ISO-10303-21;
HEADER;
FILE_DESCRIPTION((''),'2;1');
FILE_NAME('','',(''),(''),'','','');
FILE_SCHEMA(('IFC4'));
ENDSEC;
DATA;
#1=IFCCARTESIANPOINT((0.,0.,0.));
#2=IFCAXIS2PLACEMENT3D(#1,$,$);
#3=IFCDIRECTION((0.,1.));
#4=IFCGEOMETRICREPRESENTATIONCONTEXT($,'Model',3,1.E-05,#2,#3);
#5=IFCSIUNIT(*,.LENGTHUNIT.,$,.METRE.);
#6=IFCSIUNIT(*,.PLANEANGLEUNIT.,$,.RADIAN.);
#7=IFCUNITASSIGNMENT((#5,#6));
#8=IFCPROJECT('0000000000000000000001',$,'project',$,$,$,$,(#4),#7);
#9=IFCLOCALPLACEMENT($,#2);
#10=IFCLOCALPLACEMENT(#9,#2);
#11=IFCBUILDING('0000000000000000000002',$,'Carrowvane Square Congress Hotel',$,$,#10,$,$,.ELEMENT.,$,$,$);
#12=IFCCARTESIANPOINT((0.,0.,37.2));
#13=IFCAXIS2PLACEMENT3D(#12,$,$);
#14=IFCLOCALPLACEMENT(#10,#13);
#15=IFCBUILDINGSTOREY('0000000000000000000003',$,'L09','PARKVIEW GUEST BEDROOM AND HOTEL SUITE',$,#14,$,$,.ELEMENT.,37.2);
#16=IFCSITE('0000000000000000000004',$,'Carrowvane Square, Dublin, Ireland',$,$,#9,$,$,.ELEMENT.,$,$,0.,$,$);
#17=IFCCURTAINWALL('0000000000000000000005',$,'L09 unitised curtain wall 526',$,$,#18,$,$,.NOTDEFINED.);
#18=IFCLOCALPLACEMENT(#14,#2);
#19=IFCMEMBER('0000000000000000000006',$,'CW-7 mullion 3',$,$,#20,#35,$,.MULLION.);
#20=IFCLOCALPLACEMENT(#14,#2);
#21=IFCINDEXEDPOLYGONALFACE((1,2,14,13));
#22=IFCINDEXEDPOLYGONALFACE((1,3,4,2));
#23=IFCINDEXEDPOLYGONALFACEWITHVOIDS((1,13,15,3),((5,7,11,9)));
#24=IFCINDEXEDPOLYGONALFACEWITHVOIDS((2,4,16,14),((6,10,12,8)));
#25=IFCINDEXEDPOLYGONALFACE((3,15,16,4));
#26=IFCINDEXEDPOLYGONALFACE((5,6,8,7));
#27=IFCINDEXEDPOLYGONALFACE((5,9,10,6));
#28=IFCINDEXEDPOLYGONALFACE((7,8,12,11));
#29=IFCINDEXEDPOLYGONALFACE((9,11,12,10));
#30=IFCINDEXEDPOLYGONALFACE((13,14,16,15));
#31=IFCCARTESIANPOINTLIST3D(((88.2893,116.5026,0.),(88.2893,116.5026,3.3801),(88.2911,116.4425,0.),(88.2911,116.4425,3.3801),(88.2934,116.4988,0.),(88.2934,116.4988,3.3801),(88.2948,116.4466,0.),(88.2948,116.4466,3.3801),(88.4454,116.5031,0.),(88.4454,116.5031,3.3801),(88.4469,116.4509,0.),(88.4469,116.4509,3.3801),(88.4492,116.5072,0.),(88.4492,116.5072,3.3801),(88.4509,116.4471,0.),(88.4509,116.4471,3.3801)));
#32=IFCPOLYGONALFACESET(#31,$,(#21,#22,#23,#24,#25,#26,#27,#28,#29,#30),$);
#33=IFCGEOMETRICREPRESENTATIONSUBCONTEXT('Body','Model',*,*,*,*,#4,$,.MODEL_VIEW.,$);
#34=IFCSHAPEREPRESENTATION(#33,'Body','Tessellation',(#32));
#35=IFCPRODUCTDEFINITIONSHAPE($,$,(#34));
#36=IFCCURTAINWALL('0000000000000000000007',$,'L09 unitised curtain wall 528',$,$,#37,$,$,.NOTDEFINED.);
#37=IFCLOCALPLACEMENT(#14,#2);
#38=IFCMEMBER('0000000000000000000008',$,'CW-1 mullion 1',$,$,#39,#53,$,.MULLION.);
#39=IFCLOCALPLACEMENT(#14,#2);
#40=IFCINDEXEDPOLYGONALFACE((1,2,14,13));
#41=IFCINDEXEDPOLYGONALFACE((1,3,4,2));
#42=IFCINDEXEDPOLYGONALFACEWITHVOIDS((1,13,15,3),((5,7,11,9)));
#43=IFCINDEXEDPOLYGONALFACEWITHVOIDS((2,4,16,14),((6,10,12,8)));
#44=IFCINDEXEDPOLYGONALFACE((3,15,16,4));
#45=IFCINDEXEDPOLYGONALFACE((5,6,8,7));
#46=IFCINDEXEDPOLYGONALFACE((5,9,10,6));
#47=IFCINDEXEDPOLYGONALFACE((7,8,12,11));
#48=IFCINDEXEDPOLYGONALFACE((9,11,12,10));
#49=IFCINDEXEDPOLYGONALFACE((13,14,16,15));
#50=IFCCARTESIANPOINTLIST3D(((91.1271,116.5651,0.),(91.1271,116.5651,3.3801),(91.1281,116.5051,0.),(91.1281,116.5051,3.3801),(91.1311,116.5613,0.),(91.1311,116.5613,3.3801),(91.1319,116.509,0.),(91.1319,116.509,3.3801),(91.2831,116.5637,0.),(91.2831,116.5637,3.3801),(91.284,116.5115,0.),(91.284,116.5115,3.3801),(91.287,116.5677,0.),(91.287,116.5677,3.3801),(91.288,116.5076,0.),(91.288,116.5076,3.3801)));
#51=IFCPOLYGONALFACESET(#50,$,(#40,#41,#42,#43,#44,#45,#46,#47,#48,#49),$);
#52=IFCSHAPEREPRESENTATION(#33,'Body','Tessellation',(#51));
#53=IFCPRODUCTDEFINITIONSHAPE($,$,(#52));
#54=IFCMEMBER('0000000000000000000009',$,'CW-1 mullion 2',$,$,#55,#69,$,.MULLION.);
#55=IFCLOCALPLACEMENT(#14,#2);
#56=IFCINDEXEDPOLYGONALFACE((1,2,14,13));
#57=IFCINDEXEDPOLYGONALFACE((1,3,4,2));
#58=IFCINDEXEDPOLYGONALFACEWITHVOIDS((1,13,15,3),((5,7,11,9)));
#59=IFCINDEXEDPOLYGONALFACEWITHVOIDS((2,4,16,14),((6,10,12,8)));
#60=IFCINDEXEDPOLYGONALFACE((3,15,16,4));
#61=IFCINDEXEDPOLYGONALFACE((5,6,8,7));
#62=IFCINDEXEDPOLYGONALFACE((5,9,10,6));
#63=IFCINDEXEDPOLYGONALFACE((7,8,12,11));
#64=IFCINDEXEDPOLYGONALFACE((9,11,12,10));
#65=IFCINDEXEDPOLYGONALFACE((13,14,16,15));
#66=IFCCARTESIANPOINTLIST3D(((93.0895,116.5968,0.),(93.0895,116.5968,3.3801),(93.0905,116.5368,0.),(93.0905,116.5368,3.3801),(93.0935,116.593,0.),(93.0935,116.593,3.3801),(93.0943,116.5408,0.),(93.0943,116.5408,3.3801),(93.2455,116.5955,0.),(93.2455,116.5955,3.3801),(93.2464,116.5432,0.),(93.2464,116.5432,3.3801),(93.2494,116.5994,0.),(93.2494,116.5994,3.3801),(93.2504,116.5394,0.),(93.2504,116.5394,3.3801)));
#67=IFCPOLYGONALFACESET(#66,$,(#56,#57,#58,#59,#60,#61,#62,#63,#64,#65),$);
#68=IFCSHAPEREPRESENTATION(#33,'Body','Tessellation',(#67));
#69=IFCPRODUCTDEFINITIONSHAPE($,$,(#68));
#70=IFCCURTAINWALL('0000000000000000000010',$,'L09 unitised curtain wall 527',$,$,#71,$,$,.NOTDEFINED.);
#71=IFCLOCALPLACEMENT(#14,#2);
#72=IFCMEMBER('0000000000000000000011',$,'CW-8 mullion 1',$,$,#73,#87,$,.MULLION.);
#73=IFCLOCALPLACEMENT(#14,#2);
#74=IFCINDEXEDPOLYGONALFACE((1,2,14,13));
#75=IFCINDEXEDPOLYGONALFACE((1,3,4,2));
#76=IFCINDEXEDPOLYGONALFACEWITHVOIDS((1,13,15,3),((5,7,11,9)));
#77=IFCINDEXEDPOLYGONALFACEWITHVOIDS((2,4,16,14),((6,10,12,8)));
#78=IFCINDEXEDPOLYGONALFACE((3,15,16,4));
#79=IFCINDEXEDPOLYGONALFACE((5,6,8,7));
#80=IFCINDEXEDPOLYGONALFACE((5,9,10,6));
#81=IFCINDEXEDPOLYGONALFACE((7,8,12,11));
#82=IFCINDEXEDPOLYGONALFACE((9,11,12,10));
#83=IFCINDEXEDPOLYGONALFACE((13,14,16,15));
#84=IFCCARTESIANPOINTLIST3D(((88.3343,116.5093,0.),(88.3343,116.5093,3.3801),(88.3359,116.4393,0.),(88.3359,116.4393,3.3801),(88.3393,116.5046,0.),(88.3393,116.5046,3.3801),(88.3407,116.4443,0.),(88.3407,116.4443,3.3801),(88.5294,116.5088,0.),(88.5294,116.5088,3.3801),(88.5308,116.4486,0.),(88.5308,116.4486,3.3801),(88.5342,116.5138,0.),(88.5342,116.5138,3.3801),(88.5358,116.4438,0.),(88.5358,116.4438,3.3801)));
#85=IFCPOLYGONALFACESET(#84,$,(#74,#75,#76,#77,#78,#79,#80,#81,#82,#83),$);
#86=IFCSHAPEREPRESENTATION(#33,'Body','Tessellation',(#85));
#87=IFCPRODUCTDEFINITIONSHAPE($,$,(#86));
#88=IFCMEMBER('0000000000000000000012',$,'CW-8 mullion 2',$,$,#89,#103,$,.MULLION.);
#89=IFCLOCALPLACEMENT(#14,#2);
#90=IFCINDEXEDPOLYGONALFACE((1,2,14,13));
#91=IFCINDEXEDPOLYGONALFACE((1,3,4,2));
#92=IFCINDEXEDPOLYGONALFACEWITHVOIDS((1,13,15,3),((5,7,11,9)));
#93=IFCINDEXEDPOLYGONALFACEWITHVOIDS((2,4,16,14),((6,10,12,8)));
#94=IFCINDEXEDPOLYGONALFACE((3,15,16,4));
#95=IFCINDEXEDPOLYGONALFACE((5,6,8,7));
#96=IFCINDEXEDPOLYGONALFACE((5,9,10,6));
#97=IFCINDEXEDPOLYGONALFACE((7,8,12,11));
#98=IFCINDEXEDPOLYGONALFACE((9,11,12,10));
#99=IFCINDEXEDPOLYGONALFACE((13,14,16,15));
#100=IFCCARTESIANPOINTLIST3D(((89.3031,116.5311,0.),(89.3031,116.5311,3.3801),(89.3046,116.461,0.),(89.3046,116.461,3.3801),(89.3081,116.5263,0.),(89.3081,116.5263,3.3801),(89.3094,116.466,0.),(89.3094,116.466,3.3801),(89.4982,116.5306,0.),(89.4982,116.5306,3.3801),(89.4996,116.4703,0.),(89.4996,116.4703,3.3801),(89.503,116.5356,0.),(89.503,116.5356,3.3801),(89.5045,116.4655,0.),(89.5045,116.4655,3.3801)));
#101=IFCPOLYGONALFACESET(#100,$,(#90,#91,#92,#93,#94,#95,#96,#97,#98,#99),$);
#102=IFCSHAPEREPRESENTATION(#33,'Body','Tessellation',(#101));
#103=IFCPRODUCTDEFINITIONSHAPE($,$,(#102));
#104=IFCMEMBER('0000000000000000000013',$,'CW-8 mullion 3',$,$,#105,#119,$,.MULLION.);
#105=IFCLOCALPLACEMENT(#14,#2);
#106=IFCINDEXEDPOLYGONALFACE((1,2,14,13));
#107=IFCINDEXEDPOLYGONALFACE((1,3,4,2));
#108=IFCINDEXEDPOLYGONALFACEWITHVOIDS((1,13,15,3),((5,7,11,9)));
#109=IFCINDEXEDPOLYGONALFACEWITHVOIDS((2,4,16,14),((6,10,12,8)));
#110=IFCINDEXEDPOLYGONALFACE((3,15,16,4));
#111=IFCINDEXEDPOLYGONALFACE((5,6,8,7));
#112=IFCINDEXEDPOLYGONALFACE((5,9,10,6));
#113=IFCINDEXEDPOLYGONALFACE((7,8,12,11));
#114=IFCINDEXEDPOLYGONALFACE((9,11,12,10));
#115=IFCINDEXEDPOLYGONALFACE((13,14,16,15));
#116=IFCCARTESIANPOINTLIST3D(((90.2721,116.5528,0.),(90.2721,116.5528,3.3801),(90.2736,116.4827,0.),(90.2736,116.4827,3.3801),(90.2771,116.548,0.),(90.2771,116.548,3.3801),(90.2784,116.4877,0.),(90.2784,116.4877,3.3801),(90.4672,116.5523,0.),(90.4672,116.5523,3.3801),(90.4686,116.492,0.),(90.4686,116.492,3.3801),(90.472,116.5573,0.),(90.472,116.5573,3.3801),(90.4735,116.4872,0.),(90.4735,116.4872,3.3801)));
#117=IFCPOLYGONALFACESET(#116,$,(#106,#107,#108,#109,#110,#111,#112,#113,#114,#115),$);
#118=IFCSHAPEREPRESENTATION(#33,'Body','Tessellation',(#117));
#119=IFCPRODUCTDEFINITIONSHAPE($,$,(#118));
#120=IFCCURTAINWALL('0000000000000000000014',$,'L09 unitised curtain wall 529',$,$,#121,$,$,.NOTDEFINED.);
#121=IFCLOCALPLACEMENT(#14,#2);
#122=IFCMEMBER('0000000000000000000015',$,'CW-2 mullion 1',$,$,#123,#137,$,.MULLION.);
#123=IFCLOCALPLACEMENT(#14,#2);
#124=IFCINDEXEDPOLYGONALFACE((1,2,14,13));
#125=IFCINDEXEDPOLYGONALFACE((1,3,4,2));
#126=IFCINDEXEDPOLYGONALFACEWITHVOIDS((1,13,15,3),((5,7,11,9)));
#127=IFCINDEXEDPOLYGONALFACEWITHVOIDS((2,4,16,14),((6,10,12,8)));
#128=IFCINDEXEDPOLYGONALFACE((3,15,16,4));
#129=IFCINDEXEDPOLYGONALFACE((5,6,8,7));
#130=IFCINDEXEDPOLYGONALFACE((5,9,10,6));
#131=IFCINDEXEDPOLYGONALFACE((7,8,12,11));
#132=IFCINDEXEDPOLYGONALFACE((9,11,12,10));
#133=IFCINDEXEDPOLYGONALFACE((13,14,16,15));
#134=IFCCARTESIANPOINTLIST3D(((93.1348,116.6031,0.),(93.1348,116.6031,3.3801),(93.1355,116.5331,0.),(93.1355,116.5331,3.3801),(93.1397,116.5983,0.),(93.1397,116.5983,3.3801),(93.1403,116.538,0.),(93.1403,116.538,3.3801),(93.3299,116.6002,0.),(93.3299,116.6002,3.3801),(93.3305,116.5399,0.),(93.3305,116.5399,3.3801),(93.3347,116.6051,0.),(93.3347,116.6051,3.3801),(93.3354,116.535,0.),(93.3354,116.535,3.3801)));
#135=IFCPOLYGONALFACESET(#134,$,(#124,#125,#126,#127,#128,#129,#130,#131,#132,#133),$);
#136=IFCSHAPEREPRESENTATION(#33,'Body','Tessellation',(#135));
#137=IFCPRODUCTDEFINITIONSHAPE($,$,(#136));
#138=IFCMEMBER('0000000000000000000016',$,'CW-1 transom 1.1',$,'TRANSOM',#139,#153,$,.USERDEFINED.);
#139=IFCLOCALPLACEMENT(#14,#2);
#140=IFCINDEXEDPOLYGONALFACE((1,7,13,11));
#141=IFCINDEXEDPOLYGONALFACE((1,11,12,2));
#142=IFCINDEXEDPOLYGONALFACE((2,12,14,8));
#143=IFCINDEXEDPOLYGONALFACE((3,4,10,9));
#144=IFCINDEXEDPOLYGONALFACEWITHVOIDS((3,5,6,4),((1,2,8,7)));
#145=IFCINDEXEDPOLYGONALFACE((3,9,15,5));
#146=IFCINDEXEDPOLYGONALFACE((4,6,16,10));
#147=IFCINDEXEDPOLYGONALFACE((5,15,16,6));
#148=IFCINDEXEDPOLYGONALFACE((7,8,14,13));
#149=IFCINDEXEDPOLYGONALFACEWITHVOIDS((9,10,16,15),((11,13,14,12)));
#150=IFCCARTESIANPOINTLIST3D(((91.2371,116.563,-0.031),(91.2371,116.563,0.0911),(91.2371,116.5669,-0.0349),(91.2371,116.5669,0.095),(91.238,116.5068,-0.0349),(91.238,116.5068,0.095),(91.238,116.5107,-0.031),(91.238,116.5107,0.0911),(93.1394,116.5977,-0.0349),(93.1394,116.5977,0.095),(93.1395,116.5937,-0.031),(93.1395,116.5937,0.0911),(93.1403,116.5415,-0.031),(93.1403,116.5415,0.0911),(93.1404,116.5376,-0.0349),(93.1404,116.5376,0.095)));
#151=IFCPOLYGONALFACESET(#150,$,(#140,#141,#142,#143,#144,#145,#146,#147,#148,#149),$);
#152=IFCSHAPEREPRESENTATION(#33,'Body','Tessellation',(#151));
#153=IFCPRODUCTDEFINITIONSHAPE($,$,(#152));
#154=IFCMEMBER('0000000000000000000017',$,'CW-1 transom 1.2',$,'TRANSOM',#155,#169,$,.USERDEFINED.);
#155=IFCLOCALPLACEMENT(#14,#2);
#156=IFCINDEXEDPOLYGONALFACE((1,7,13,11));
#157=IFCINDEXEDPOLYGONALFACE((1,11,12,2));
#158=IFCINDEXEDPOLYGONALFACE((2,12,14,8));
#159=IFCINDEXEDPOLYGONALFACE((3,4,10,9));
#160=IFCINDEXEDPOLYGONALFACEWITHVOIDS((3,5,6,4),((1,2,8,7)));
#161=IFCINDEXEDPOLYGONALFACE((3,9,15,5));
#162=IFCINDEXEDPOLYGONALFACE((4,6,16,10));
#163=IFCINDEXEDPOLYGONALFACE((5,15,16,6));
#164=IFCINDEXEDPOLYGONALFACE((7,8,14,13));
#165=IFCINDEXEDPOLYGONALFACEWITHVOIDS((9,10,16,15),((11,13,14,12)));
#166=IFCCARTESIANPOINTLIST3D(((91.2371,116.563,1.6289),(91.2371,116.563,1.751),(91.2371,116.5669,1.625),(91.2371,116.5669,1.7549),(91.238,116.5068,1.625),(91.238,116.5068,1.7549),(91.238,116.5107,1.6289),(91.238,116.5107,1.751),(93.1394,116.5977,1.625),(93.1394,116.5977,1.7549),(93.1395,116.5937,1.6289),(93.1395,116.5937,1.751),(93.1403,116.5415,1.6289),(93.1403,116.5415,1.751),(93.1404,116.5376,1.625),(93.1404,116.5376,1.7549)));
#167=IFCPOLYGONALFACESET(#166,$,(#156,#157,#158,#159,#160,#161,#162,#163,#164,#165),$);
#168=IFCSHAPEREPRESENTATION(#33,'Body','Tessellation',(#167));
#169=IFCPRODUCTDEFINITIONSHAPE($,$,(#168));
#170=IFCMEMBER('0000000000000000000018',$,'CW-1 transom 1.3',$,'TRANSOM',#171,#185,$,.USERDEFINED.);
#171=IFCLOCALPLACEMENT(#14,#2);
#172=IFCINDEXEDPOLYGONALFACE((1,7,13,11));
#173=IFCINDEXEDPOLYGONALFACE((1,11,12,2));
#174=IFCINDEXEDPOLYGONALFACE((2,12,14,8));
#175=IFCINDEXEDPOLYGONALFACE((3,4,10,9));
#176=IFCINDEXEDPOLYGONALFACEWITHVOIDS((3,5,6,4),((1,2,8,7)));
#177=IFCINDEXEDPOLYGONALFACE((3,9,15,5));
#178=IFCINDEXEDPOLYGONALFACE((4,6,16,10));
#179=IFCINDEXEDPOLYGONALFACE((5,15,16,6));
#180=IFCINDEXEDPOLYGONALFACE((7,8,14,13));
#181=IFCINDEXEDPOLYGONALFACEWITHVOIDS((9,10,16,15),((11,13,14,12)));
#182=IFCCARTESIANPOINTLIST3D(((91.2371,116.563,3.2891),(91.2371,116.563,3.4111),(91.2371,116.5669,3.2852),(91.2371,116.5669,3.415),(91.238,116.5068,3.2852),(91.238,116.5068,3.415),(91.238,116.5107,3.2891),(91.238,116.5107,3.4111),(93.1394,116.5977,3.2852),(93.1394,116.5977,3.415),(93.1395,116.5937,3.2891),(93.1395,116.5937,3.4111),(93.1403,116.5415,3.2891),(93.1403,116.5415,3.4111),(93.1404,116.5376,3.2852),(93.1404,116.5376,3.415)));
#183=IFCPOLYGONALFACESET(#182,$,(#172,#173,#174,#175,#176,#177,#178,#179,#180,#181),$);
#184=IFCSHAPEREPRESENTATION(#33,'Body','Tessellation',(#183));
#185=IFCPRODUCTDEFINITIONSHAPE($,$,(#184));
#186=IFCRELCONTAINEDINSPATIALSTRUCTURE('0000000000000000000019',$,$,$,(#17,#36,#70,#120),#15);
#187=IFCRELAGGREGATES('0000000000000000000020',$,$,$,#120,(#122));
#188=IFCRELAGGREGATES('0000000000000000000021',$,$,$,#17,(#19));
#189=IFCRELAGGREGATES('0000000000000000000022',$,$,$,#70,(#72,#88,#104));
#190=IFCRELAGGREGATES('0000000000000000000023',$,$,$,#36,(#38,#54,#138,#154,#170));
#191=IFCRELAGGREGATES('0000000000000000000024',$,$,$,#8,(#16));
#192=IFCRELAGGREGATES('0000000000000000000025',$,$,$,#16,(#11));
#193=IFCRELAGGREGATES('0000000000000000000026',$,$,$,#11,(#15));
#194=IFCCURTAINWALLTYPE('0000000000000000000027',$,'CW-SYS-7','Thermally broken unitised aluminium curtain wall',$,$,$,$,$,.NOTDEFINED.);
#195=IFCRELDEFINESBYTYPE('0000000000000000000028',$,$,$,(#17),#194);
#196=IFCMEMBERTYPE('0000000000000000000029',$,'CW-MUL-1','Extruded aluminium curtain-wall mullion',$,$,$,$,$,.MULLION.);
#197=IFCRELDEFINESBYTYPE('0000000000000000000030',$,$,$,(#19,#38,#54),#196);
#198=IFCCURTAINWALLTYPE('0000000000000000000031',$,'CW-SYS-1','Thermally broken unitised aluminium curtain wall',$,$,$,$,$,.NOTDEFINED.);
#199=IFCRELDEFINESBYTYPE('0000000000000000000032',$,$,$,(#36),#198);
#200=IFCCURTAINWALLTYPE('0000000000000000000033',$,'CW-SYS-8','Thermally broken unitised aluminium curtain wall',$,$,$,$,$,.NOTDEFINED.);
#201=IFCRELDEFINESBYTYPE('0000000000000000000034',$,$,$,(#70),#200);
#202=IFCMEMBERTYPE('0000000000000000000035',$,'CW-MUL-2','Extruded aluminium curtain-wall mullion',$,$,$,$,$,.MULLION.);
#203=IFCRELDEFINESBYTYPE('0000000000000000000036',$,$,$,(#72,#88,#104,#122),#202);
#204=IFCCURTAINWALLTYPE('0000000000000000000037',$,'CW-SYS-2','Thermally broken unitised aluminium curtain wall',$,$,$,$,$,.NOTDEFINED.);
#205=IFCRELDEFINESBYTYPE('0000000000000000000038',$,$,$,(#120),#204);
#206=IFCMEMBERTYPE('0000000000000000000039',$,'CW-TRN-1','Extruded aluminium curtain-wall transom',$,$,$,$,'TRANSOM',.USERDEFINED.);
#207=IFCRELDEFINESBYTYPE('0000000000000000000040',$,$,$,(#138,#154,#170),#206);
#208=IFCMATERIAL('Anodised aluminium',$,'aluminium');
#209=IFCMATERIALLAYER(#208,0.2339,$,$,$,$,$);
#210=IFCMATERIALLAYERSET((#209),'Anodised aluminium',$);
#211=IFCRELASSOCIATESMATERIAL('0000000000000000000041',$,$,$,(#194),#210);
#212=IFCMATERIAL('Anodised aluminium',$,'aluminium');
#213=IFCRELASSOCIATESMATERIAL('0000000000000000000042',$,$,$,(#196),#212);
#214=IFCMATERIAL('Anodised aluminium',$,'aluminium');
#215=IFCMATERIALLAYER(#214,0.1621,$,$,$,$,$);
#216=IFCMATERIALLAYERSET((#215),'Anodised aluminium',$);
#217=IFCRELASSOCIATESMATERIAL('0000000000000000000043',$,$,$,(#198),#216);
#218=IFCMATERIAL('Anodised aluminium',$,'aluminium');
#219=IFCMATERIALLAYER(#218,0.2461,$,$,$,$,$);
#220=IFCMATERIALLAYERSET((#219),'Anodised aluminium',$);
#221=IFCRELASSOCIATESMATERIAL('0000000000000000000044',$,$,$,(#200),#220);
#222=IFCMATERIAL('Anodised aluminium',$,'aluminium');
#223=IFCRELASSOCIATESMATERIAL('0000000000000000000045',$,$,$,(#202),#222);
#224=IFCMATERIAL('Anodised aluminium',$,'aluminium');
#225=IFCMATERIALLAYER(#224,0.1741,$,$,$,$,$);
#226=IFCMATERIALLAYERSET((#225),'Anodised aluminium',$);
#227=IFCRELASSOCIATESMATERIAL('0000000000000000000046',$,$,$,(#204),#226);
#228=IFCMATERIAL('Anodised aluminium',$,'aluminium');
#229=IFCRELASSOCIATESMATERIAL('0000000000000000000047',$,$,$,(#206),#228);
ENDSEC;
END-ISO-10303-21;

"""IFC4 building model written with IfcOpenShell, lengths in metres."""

from ifc_helpers import new_model, si_unit, direction, frame, origin, origin_2d, place, context, subcontext, project, spatial, hollow_rectangle, extrude, material, layer, layer_set, material_profile, profile_set, type_object, element, aggregate, save


model = new_model("IFC4")

# Units and contexts
model_context = context("Model", 3, precision=1e-05, world=origin(), true_north=direction((0.0, 1.0)))
body_context = subcontext(model_context, "Body", "Model", "MODEL_VIEW")
ifc_project = project(units=[si_unit("LENGTHUNIT", "METRE"), si_unit("PLANEANGLEUNIT", "RADIAN")], contexts=[model_context])

# Site, building, storey
site_placement = place(None, origin())
site = spatial("IfcSite", under=ifc_project, at=site_placement, Name="Carrowvane Square, Dublin, Ireland", CompositionType="ELEMENT", RefElevation=0.0)
building_placement = place(site_placement, origin())
building = spatial("IfcBuilding", under=site, at=building_placement, Name="Carrowvane Square Congress Hotel", CompositionType="ELEMENT")
storey_placement = place(building_placement, frame((0.0, 0.0, 37.2)))
storey = spatial("IfcBuildingStorey", under=building, at=storey_placement, Name="L09", Description="PARKVIEW GUEST BEDROOM AND HOTEL SUITE", CompositionType="ELEMENT", Elevation=37.2)

# Curtain wall, member
ifc_material_1 = material(Name="Anodised aluminium", Category="aluminium")
ifc_layer_1 = layer(ifc_material_1, 0.2339)
ifc_layer_set_1 = layer_set([ifc_layer_1], Name="Anodised aluminium")
curtain_wall_type_1 = type_object("IfcCurtainWallType", Name="CW-SYS-7", Description="Thermally broken unitised aluminium curtain wall", PredefinedType="NOTDEFINED", material=ifc_layer_set_1)
curtain_wall_1_placement = place(storey_placement, origin())
curtain_wall_1 = element("IfcCurtainWall", 1, at=curtain_wall_1_placement, inside=storey, type_object=curtain_wall_type_1, Name="L09 unitised curtain wall 526", PredefinedType="NOTDEFINED")
ifc_material_2 = material(Name="Anodised aluminium", Category="aluminium")
ifc_material_profile_1 = material_profile(ifc_material_2, hollow_rectangle(XDim=0.0601, YDim=0.1599, WallThickness=0.0039, at=origin_2d()), Name="CW-ML 60x160x4")
ifc_profile_set_1 = profile_set([ifc_material_profile_1], Name="Anodised aluminium")
member_type_1 = type_object("IfcMemberType", Name="CW-MUL-1", Description="Extruded aluminium curtain-wall mullion", PredefinedType="MULLION", material=ifc_profile_set_1)
member_1_placement = place(storey_placement, frame((88.3701, 116.4749, 0.0), z_axis=(0.0, 0.0, 1.0), x_axis=(-0.028638, 0.99959, 0.0)))
member_1 = element("IfcMember", 2, at=member_1_placement, type_object=member_type_1, Name="CW-7 mullion 3", PredefinedType="MULLION", context=body_context, shape_type="SweptSolid", body=[
    extrude(hollow_rectangle(XDim=0.0601, YDim=0.1599, WallThickness=0.0039, at=origin_2d()), origin(), (0.0, 0.0, 1.0), 3.3801),
])

# Curtain walls, members
ifc_material_3 = material(Name="Anodised aluminium", Category="aluminium")
ifc_layer_2 = layer(ifc_material_3, 0.1621)
ifc_layer_set_2 = layer_set([ifc_layer_2], Name="Anodised aluminium")
curtain_wall_type_2 = type_object("IfcCurtainWallType", Name="CW-SYS-1", Description="Thermally broken unitised aluminium curtain wall", PredefinedType="NOTDEFINED", material=ifc_layer_set_2)
curtain_wall_2_placement = place(storey_placement, origin())
curtain_wall_2 = element("IfcCurtainWall", 3, at=curtain_wall_2_placement, inside=storey, type_object=curtain_wall_type_2, Name="L09 unitised curtain wall 528", PredefinedType="NOTDEFINED")
member_2_placement = place(storey_placement, frame((91.2075, 116.5364, 0.0), z_axis=(0.0, 0.0, 1.0), x_axis=(-0.016216, 0.999869, 0.0)))
member_2 = element("IfcMember", 4, at=member_2_placement, type_object=member_type_1, Name="CW-1 mullion 1", PredefinedType="MULLION", context=body_context, shape_type="SweptSolid", body=[
    extrude(hollow_rectangle(XDim=0.0601, YDim=0.1599, WallThickness=0.0039, at=origin_2d()), origin(), (0.0, 0.0, 1.0), 3.3801),
])
member_3_placement = place(storey_placement, frame((93.1699, 116.5681, 0.0), z_axis=(0.0, 0.0, 1.0), x_axis=(-0.016216, 0.999869, 0.0)))
member_3 = element("IfcMember", 5, at=member_3_placement, type_object=member_type_1, Name="CW-1 mullion 2", PredefinedType="MULLION", context=body_context, shape_type="SweptSolid", body=[
    extrude(hollow_rectangle(XDim=0.0601, YDim=0.1599, WallThickness=0.0039, at=origin_2d()), origin(), (0.0, 0.0, 1.0), 3.3801),
])
ifc_material_4 = material(Name="Anodised aluminium", Category="aluminium")
ifc_layer_3 = layer(ifc_material_4, 0.2461)
ifc_layer_set_3 = layer_set([ifc_layer_3], Name="Anodised aluminium")
curtain_wall_type_3 = type_object("IfcCurtainWallType", Name="CW-SYS-8", Description="Thermally broken unitised aluminium curtain wall", PredefinedType="NOTDEFINED", material=ifc_layer_set_3)
curtain_wall_3_placement = place(storey_placement, origin())
curtain_wall_3 = element("IfcCurtainWall", 6, at=curtain_wall_3_placement, inside=storey, type_object=curtain_wall_type_3, Name="L09 unitised curtain wall 527", PredefinedType="NOTDEFINED")
ifc_material_5 = material(Name="Anodised aluminium", Category="aluminium")
ifc_material_profile_2 = material_profile(ifc_material_5, hollow_rectangle(XDim=0.0701, YDim=0.2, WallThickness=0.0049, at=origin_2d()), Name="CW-ML 70x200x5")
ifc_profile_set_2 = profile_set([ifc_material_profile_2], Name="Anodised aluminium")
member_type_2 = type_object("IfcMemberType", Name="CW-MUL-2", Description="Extruded aluminium curtain-wall mullion", PredefinedType="MULLION", material=ifc_profile_set_2)
member_4_placement = place(storey_placement, frame((88.4351, 116.4766, 0.0), z_axis=(0.0, 0.0, 1.0), x_axis=(-0.022518, 0.999746, 0.0)))
member_4 = element("IfcMember", 7, at=member_4_placement, type_object=member_type_2, Name="CW-8 mullion 1", PredefinedType="MULLION", context=body_context, shape_type="SweptSolid", body=[
    extrude(hollow_rectangle(XDim=0.0701, YDim=0.2, WallThickness=0.0049, at=origin_2d()), origin(), (0.0, 0.0, 1.0), 3.3801),
])
member_5_placement = place(storey_placement, frame((89.4038, 116.4983, 0.0), z_axis=(0.0, 0.0, 1.0), x_axis=(-0.022518, 0.999746, 0.0)))
member_5 = element("IfcMember", 8, at=member_5_placement, type_object=member_type_2, Name="CW-8 mullion 2", PredefinedType="MULLION", context=body_context, shape_type="SweptSolid", body=[
    extrude(hollow_rectangle(XDim=0.0701, YDim=0.2, WallThickness=0.0049, at=origin_2d()), origin(), (0.0, 0.0, 1.0), 3.3801),
])
member_6_placement = place(storey_placement, frame((90.3728, 116.52, 0.0), z_axis=(0.0, 0.0, 1.0), x_axis=(-0.022518, 0.999746, 0.0)))
member_6 = element("IfcMember", 9, at=member_6_placement, type_object=member_type_2, Name="CW-8 mullion 3", PredefinedType="MULLION", context=body_context, shape_type="SweptSolid", body=[
    extrude(hollow_rectangle(XDim=0.0701, YDim=0.2, WallThickness=0.0049, at=origin_2d()), origin(), (0.0, 0.0, 1.0), 3.3801),
])

# Curtain wall, member
ifc_material_6 = material(Name="Anodised aluminium", Category="aluminium")
ifc_layer_4 = layer(ifc_material_6, 0.1741)
ifc_layer_set_4 = layer_set([ifc_layer_4], Name="Anodised aluminium")
curtain_wall_type_4 = type_object("IfcCurtainWallType", Name="CW-SYS-2", Description="Thermally broken unitised aluminium curtain wall", PredefinedType="NOTDEFINED", material=ifc_layer_set_4)
curtain_wall_4_placement = place(storey_placement, origin())
curtain_wall_4 = element("IfcCurtainWall", 10, at=curtain_wall_4_placement, inside=storey, type_object=curtain_wall_type_4, Name="L09 unitised curtain wall 529", PredefinedType="NOTDEFINED")
member_7_placement = place(storey_placement, frame((93.2351, 116.5691, 0.0), z_axis=(0.0, 0.0, 1.0), x_axis=(-0.009783, 0.999952, 0.0)))
member_7 = element("IfcMember", 11, at=member_7_placement, type_object=member_type_2, Name="CW-2 mullion 1", PredefinedType="MULLION", context=body_context, shape_type="SweptSolid", body=[
    extrude(hollow_rectangle(XDim=0.0701, YDim=0.2, WallThickness=0.0049, at=origin_2d()), origin(), (0.0, 0.0, 1.0), 3.3801),
])

# Members
ifc_material_7 = material(Name="Anodised aluminium", Category="aluminium")
ifc_material_profile_3 = material_profile(ifc_material_7, hollow_rectangle(XDim=0.0601, YDim=0.1299, WallThickness=0.0039, at=origin_2d()), Name="CW-TR 60x130x4")
ifc_profile_set_3 = profile_set([ifc_material_profile_3], Name="Anodised aluminium")
member_type_3 = type_object("IfcMemberType", Name="CW-TRN-1", Description="Extruded aluminium curtain-wall transom", ElementType="TRANSOM", PredefinedType="USERDEFINED", material=ifc_profile_set_3)
member_8_placement = place(storey_placement, frame((91.2375, 116.5369, 0.03), z_axis=(0.999869, 0.016168, 0.0), x_axis=(-0.016168, 0.999869, 0.0)))
member_8 = element("IfcMember", 12, at=member_8_placement, type_object=member_type_3, Name="CW-1 transom 1.1", ObjectType="TRANSOM", PredefinedType="USERDEFINED", context=body_context, shape_type="SweptSolid", body=[
    extrude(hollow_rectangle(XDim=0.0601, YDim=0.1299, WallThickness=0.0039, at=origin_2d()), origin(), (0.0, 0.0, 1.0), 1.9026),
])
member_9_placement = place(storey_placement, frame((91.2375, 116.5369, 1.6899), z_axis=(0.999869, 0.016168, 0.0), x_axis=(-0.016168, 0.999869, 0.0)))
member_9 = element("IfcMember", 13, at=member_9_placement, type_object=member_type_3, Name="CW-1 transom 1.2", ObjectType="TRANSOM", PredefinedType="USERDEFINED", context=body_context, shape_type="SweptSolid", body=[
    extrude(hollow_rectangle(XDim=0.0601, YDim=0.1299, WallThickness=0.0039, at=origin_2d()), origin(), (0.0, 0.0, 1.0), 1.9026),
])
member_10_placement = place(storey_placement, frame((91.2375, 116.5369, 3.3501), z_axis=(0.999869, 0.016168, 0.0), x_axis=(-0.016168, 0.999869, 0.0)))
member_10 = element("IfcMember", 14, at=member_10_placement, type_object=member_type_3, Name="CW-1 transom 1.3", ObjectType="TRANSOM", PredefinedType="USERDEFINED", context=body_context, shape_type="SweptSolid", body=[
    extrude(hollow_rectangle(XDim=0.0601, YDim=0.1299, WallThickness=0.0039, at=origin_2d()), origin(), (0.0, 0.0, 1.0), 1.9026),
])
aggregate(curtain_wall_4, [member_7])

aggregate(curtain_wall_1, [member_1])
aggregate(curtain_wall_3, [member_4, member_5, member_6])
aggregate(curtain_wall_2, [member_2, member_3, member_8, member_9, member_10])

save(model, "model.ifc")
